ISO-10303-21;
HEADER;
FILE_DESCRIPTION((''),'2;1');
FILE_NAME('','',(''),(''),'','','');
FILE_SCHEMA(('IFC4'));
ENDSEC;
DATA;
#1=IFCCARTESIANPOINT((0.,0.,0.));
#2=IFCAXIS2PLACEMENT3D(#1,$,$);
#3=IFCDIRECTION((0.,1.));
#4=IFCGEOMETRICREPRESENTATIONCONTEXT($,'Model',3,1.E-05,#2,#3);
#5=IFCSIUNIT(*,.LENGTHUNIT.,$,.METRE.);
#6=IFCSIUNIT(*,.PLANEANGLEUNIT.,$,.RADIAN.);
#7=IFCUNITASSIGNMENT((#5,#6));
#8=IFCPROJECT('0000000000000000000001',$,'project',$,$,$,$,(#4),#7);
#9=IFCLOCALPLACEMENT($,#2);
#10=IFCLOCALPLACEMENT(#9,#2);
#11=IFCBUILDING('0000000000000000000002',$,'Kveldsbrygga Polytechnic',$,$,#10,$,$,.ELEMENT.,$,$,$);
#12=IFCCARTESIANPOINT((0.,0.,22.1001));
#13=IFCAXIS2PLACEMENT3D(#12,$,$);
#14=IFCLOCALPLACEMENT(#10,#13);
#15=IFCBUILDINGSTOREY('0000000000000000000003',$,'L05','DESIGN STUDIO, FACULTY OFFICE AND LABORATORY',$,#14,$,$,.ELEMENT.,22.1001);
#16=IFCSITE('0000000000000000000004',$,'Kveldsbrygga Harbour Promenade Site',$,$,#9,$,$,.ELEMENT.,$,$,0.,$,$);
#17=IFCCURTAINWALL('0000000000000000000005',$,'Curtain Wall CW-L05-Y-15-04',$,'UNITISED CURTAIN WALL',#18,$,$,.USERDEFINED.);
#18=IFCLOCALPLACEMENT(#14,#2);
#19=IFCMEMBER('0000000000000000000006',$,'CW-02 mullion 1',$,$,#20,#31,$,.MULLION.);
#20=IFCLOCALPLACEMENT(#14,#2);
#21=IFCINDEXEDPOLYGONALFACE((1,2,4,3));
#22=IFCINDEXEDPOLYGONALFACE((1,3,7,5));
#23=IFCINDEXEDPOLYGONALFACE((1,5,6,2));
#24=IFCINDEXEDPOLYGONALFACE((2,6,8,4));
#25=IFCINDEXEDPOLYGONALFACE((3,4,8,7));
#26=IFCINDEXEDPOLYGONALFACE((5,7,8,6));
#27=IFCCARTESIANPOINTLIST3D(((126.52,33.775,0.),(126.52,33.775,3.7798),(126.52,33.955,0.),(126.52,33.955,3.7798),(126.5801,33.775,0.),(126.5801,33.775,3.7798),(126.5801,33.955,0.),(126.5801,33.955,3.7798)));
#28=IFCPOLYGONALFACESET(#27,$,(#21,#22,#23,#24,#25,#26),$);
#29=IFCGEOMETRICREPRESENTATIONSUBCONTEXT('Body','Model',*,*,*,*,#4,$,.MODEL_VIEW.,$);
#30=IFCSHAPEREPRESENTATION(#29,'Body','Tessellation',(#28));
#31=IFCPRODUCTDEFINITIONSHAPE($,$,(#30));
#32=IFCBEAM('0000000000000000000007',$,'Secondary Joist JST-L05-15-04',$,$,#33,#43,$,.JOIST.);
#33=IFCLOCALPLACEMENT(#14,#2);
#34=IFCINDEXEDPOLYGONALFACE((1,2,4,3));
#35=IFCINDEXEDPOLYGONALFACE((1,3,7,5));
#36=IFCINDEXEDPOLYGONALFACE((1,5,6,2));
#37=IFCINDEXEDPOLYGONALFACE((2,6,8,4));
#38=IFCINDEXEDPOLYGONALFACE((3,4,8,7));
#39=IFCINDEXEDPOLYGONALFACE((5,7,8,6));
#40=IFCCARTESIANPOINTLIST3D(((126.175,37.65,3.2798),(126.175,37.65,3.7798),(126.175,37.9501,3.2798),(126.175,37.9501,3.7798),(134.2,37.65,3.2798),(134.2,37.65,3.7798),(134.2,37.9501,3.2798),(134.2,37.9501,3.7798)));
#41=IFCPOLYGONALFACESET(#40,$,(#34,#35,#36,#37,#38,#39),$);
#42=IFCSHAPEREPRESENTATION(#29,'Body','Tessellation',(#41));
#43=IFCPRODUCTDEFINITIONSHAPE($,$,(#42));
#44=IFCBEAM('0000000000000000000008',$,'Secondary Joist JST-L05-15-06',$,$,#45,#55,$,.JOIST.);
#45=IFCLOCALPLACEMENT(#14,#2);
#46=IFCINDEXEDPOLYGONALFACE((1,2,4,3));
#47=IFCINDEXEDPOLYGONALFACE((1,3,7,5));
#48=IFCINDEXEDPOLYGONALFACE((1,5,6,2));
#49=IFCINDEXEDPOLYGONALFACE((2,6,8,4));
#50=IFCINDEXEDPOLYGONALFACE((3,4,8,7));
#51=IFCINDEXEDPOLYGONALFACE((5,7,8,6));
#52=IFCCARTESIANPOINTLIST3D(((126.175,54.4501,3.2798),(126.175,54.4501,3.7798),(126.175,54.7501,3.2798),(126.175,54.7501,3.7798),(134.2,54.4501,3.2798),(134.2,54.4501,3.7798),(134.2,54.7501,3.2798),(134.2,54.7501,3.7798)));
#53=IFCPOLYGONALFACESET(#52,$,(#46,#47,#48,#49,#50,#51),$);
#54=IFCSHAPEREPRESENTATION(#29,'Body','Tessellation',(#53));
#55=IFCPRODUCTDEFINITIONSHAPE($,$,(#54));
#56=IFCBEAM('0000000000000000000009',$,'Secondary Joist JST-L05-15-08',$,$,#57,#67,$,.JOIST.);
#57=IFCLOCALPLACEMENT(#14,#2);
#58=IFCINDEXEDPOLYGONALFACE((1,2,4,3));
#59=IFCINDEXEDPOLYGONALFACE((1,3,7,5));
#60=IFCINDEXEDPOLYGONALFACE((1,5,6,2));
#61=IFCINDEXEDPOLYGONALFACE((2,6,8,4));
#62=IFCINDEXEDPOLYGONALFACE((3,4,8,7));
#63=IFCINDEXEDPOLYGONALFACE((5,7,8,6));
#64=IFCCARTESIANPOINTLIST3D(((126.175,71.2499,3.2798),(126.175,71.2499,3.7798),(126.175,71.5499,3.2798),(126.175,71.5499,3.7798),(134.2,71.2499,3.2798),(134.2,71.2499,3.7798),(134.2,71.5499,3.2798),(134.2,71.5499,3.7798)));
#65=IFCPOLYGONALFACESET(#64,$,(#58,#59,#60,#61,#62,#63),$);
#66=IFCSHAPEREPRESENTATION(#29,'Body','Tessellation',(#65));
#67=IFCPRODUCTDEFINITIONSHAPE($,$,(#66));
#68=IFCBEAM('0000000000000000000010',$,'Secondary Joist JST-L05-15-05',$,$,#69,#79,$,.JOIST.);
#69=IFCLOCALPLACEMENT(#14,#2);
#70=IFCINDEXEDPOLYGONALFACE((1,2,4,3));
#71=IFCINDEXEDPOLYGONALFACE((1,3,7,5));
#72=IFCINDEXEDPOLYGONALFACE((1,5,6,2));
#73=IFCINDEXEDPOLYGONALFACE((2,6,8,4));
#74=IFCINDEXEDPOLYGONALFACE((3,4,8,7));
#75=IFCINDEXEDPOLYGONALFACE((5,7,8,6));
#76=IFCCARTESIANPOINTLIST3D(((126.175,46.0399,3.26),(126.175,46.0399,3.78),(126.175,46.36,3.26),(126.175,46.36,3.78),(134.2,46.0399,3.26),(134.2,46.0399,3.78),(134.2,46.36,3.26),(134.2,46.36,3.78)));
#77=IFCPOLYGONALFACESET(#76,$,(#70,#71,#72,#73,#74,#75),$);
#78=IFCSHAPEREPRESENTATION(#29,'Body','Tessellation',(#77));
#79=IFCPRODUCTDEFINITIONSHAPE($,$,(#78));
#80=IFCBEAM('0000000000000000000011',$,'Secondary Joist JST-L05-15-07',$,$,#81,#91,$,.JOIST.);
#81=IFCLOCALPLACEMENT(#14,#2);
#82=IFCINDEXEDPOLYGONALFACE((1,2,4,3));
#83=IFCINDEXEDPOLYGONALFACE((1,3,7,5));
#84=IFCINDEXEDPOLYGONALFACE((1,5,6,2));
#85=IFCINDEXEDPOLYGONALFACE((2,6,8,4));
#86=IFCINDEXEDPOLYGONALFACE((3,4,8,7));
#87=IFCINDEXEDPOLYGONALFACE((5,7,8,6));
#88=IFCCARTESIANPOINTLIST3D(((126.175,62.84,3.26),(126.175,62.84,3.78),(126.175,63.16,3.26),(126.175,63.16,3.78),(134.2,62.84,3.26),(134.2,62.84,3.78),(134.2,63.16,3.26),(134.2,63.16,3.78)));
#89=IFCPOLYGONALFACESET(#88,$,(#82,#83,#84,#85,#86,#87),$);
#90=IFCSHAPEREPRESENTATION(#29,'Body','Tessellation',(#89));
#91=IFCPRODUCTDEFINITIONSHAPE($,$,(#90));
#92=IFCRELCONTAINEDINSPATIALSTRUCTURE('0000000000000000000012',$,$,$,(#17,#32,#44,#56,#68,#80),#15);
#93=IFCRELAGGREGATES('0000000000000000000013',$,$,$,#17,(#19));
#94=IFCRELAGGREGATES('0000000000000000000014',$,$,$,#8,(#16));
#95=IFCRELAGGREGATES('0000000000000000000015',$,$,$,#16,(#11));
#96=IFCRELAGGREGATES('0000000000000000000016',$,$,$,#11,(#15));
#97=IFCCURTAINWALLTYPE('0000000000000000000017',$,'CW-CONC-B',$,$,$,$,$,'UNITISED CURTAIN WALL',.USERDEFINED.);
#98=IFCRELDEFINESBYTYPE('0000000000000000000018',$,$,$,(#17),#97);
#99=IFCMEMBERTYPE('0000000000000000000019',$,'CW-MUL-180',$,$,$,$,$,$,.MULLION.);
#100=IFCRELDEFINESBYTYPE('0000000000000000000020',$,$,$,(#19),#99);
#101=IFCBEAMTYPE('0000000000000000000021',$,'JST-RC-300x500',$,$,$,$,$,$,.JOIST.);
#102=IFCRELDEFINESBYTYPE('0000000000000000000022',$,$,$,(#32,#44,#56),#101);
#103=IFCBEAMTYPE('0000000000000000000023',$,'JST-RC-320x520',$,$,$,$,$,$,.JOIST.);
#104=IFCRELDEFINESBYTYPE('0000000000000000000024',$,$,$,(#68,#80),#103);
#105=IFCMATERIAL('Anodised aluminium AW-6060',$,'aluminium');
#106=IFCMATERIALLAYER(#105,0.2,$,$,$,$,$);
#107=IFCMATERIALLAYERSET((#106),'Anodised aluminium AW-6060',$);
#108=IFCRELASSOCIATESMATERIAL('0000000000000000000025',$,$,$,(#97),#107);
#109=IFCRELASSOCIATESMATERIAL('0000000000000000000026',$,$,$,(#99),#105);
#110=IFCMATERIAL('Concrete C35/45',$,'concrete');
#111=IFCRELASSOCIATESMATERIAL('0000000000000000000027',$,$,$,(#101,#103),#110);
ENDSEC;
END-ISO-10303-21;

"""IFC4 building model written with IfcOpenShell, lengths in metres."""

from ifc_helpers import new_model, si_unit, direction, frame, origin, origin_2d, place, context, subcontext, project, spatial, rectangle, extrude, material, layer, layer_set, material_profile, profile_set, type_object, element, aggregate, save


model = new_model("IFC4")

# Units and contexts
model_context = context("Model", 3, precision=1e-05, world=origin(), true_north=direction((0.0, 1.0)))
body_context = subcontext(model_context, "Body", "Model", "MODEL_VIEW")
ifc_project = project(units=[si_unit("LENGTHUNIT", "METRE"), si_unit("PLANEANGLEUNIT", "RADIAN")], contexts=[model_context])

# Site, building, storey
site_placement = place(None, origin())
site = spatial("IfcSite", under=ifc_project, at=site_placement, Name="Kveldsbrygga Harbour Promenade Site", CompositionType="ELEMENT", RefElevation=0.0)
building_placement = place(site_placement, origin())
building = spatial("IfcBuilding", under=site, at=building_placement, Name="Kveldsbrygga Polytechnic", CompositionType="ELEMENT")
storey_placement = place(building_placement, frame((0.0, 0.0, 22.1001)))
storey = spatial("IfcBuildingStorey", under=building, at=storey_placement, Name="L05", Description="DESIGN STUDIO, FACULTY OFFICE AND LABORATORY", CompositionType="ELEMENT", Elevation=22.1001)

# Curtain wall, member
ifc_material_1 = material(Name="Anodised aluminium AW-6060", Category="aluminium")
ifc_layer_1 = layer(ifc_material_1, 0.2)
ifc_layer_set_1 = layer_set([ifc_layer_1], Name="Anodised aluminium AW-6060")
curtain_wall_type = type_object("IfcCurtainWallType", Name="CW-CONC-B", ElementType="UNITISED CURTAIN WALL", PredefinedType="USERDEFINED", material=ifc_layer_set_1)
curtain_wall_placement = place(storey_placement, origin())
curtain_wall = element("IfcCurtainWall", 1, at=curtain_wall_placement, inside=storey, type_object=curtain_wall_type, Name="Curtain Wall CW-L05-Y-15-04", ObjectType="UNITISED CURTAIN WALL", PredefinedType="USERDEFINED")
ifc_material_profile_1 = material_profile(ifc_material_1, rectangle(XDim=0.0601, YDim=0.1799, at=origin_2d()), Name="ALU 60x180")
ifc_profile_set_1 = profile_set([ifc_material_profile_1], Name="Anodised aluminium AW-6060")
member_type = type_object("IfcMemberType", Name="CW-MUL-180", PredefinedType="MULLION", material=ifc_profile_set_1)
member_placement = place(storey_placement, frame((126.55, 33.865, 0.0), z_axis=(0.0, 0.0, 1.0), x_axis=(-1.0, 0.0, 0.0)))
member = element("IfcMember", 2, at=member_placement, type_object=member_type, Name="CW-02 mullion 1", PredefinedType="MULLION", context=body_context, shape_type="SweptSolid", body=[
    extrude(rectangle(XDim=0.0601, YDim=0.1799, at=origin_2d()), origin(), (0.0, 0.0, 1.0), 3.7798),
])
aggregate(curtain_wall, [member])

# Beams
ifc_material_2 = material(Name="Concrete C35/45", Category="concrete")
ifc_material_profile_2 = material_profile(ifc_material_2, rectangle(XDim=0.3, YDim=0.5, at=origin_2d()), Name="RC 300x500")
ifc_profile_set_2 = profile_set([ifc_material_profile_2], Name="Concrete C35/45")
beam_type_1 = type_object("IfcBeamType", Name="JST-RC-300x500", PredefinedType="JOIST", material=ifc_profile_set_2)
for number, where, z_axis, x_axis, name in (
    (3, (126.175, 37.8, 3.5298), (1.0, 0.0, 0.0), (0.0, 1.0, 0.0), "Secondary Joist JST-L05-15-04"),
    (4, (126.175, 54.6001, 3.5298), (1.0, 0.0, 0.0), (0.0, 1.0, 0.0), "Secondary Joist JST-L05-15-06"),
    (5, (126.175, 71.3999, 3.5298), (1.0, 0.0, 0.0), (0.0, 1.0, 0.0), "Secondary Joist JST-L05-15-08"),
):
    element("IfcBeam", number, at=place(storey_placement, frame(where, z_axis=z_axis, x_axis=x_axis)), inside=storey, type_object=beam_type_1, Name=name, PredefinedType="JOIST", context=body_context, shape_type="SweptSolid", body=[
        extrude(rectangle(XDim=0.3, YDim=0.5, at=origin_2d()), origin(), (0.0, 0.0, 1.0), 8.0249),
    ])
ifc_material_profile_3 = material_profile(ifc_material_2, rectangle(XDim=0.3201, YDim=0.52, at=origin_2d()), Name="RC 320x520")
ifc_profile_set_3 = profile_set([ifc_material_profile_3], Name="Concrete C35/45")
beam_type_2 = type_object("IfcBeamType", Name="JST-RC-320x520", PredefinedType="JOIST", material=ifc_profile_set_3)
for number, where, z_axis, x_axis, name in (
    (6, (126.175, 46.2, 3.52), (1.0, 0.0, 0.0), (0.0, 1.0, 0.0), "Secondary Joist JST-L05-15-05"),
    (7, (126.175, 63.0, 3.52), (1.0, 0.0, 0.0), (0.0, 1.0, 0.0), "Secondary Joist JST-L05-15-07"),
):
    element("IfcBeam", number, at=place(storey_placement, frame(where, z_axis=z_axis, x_axis=x_axis)), inside=storey, type_object=beam_type_2, Name=name, PredefinedType="JOIST", context=body_context, shape_type="SweptSolid", body=[
        extrude(rectangle(XDim=0.3201, YDim=0.52, at=origin_2d()), origin(), (0.0, 0.0, 1.0), 8.0249),
    ])

save(model, "model.ifc")
